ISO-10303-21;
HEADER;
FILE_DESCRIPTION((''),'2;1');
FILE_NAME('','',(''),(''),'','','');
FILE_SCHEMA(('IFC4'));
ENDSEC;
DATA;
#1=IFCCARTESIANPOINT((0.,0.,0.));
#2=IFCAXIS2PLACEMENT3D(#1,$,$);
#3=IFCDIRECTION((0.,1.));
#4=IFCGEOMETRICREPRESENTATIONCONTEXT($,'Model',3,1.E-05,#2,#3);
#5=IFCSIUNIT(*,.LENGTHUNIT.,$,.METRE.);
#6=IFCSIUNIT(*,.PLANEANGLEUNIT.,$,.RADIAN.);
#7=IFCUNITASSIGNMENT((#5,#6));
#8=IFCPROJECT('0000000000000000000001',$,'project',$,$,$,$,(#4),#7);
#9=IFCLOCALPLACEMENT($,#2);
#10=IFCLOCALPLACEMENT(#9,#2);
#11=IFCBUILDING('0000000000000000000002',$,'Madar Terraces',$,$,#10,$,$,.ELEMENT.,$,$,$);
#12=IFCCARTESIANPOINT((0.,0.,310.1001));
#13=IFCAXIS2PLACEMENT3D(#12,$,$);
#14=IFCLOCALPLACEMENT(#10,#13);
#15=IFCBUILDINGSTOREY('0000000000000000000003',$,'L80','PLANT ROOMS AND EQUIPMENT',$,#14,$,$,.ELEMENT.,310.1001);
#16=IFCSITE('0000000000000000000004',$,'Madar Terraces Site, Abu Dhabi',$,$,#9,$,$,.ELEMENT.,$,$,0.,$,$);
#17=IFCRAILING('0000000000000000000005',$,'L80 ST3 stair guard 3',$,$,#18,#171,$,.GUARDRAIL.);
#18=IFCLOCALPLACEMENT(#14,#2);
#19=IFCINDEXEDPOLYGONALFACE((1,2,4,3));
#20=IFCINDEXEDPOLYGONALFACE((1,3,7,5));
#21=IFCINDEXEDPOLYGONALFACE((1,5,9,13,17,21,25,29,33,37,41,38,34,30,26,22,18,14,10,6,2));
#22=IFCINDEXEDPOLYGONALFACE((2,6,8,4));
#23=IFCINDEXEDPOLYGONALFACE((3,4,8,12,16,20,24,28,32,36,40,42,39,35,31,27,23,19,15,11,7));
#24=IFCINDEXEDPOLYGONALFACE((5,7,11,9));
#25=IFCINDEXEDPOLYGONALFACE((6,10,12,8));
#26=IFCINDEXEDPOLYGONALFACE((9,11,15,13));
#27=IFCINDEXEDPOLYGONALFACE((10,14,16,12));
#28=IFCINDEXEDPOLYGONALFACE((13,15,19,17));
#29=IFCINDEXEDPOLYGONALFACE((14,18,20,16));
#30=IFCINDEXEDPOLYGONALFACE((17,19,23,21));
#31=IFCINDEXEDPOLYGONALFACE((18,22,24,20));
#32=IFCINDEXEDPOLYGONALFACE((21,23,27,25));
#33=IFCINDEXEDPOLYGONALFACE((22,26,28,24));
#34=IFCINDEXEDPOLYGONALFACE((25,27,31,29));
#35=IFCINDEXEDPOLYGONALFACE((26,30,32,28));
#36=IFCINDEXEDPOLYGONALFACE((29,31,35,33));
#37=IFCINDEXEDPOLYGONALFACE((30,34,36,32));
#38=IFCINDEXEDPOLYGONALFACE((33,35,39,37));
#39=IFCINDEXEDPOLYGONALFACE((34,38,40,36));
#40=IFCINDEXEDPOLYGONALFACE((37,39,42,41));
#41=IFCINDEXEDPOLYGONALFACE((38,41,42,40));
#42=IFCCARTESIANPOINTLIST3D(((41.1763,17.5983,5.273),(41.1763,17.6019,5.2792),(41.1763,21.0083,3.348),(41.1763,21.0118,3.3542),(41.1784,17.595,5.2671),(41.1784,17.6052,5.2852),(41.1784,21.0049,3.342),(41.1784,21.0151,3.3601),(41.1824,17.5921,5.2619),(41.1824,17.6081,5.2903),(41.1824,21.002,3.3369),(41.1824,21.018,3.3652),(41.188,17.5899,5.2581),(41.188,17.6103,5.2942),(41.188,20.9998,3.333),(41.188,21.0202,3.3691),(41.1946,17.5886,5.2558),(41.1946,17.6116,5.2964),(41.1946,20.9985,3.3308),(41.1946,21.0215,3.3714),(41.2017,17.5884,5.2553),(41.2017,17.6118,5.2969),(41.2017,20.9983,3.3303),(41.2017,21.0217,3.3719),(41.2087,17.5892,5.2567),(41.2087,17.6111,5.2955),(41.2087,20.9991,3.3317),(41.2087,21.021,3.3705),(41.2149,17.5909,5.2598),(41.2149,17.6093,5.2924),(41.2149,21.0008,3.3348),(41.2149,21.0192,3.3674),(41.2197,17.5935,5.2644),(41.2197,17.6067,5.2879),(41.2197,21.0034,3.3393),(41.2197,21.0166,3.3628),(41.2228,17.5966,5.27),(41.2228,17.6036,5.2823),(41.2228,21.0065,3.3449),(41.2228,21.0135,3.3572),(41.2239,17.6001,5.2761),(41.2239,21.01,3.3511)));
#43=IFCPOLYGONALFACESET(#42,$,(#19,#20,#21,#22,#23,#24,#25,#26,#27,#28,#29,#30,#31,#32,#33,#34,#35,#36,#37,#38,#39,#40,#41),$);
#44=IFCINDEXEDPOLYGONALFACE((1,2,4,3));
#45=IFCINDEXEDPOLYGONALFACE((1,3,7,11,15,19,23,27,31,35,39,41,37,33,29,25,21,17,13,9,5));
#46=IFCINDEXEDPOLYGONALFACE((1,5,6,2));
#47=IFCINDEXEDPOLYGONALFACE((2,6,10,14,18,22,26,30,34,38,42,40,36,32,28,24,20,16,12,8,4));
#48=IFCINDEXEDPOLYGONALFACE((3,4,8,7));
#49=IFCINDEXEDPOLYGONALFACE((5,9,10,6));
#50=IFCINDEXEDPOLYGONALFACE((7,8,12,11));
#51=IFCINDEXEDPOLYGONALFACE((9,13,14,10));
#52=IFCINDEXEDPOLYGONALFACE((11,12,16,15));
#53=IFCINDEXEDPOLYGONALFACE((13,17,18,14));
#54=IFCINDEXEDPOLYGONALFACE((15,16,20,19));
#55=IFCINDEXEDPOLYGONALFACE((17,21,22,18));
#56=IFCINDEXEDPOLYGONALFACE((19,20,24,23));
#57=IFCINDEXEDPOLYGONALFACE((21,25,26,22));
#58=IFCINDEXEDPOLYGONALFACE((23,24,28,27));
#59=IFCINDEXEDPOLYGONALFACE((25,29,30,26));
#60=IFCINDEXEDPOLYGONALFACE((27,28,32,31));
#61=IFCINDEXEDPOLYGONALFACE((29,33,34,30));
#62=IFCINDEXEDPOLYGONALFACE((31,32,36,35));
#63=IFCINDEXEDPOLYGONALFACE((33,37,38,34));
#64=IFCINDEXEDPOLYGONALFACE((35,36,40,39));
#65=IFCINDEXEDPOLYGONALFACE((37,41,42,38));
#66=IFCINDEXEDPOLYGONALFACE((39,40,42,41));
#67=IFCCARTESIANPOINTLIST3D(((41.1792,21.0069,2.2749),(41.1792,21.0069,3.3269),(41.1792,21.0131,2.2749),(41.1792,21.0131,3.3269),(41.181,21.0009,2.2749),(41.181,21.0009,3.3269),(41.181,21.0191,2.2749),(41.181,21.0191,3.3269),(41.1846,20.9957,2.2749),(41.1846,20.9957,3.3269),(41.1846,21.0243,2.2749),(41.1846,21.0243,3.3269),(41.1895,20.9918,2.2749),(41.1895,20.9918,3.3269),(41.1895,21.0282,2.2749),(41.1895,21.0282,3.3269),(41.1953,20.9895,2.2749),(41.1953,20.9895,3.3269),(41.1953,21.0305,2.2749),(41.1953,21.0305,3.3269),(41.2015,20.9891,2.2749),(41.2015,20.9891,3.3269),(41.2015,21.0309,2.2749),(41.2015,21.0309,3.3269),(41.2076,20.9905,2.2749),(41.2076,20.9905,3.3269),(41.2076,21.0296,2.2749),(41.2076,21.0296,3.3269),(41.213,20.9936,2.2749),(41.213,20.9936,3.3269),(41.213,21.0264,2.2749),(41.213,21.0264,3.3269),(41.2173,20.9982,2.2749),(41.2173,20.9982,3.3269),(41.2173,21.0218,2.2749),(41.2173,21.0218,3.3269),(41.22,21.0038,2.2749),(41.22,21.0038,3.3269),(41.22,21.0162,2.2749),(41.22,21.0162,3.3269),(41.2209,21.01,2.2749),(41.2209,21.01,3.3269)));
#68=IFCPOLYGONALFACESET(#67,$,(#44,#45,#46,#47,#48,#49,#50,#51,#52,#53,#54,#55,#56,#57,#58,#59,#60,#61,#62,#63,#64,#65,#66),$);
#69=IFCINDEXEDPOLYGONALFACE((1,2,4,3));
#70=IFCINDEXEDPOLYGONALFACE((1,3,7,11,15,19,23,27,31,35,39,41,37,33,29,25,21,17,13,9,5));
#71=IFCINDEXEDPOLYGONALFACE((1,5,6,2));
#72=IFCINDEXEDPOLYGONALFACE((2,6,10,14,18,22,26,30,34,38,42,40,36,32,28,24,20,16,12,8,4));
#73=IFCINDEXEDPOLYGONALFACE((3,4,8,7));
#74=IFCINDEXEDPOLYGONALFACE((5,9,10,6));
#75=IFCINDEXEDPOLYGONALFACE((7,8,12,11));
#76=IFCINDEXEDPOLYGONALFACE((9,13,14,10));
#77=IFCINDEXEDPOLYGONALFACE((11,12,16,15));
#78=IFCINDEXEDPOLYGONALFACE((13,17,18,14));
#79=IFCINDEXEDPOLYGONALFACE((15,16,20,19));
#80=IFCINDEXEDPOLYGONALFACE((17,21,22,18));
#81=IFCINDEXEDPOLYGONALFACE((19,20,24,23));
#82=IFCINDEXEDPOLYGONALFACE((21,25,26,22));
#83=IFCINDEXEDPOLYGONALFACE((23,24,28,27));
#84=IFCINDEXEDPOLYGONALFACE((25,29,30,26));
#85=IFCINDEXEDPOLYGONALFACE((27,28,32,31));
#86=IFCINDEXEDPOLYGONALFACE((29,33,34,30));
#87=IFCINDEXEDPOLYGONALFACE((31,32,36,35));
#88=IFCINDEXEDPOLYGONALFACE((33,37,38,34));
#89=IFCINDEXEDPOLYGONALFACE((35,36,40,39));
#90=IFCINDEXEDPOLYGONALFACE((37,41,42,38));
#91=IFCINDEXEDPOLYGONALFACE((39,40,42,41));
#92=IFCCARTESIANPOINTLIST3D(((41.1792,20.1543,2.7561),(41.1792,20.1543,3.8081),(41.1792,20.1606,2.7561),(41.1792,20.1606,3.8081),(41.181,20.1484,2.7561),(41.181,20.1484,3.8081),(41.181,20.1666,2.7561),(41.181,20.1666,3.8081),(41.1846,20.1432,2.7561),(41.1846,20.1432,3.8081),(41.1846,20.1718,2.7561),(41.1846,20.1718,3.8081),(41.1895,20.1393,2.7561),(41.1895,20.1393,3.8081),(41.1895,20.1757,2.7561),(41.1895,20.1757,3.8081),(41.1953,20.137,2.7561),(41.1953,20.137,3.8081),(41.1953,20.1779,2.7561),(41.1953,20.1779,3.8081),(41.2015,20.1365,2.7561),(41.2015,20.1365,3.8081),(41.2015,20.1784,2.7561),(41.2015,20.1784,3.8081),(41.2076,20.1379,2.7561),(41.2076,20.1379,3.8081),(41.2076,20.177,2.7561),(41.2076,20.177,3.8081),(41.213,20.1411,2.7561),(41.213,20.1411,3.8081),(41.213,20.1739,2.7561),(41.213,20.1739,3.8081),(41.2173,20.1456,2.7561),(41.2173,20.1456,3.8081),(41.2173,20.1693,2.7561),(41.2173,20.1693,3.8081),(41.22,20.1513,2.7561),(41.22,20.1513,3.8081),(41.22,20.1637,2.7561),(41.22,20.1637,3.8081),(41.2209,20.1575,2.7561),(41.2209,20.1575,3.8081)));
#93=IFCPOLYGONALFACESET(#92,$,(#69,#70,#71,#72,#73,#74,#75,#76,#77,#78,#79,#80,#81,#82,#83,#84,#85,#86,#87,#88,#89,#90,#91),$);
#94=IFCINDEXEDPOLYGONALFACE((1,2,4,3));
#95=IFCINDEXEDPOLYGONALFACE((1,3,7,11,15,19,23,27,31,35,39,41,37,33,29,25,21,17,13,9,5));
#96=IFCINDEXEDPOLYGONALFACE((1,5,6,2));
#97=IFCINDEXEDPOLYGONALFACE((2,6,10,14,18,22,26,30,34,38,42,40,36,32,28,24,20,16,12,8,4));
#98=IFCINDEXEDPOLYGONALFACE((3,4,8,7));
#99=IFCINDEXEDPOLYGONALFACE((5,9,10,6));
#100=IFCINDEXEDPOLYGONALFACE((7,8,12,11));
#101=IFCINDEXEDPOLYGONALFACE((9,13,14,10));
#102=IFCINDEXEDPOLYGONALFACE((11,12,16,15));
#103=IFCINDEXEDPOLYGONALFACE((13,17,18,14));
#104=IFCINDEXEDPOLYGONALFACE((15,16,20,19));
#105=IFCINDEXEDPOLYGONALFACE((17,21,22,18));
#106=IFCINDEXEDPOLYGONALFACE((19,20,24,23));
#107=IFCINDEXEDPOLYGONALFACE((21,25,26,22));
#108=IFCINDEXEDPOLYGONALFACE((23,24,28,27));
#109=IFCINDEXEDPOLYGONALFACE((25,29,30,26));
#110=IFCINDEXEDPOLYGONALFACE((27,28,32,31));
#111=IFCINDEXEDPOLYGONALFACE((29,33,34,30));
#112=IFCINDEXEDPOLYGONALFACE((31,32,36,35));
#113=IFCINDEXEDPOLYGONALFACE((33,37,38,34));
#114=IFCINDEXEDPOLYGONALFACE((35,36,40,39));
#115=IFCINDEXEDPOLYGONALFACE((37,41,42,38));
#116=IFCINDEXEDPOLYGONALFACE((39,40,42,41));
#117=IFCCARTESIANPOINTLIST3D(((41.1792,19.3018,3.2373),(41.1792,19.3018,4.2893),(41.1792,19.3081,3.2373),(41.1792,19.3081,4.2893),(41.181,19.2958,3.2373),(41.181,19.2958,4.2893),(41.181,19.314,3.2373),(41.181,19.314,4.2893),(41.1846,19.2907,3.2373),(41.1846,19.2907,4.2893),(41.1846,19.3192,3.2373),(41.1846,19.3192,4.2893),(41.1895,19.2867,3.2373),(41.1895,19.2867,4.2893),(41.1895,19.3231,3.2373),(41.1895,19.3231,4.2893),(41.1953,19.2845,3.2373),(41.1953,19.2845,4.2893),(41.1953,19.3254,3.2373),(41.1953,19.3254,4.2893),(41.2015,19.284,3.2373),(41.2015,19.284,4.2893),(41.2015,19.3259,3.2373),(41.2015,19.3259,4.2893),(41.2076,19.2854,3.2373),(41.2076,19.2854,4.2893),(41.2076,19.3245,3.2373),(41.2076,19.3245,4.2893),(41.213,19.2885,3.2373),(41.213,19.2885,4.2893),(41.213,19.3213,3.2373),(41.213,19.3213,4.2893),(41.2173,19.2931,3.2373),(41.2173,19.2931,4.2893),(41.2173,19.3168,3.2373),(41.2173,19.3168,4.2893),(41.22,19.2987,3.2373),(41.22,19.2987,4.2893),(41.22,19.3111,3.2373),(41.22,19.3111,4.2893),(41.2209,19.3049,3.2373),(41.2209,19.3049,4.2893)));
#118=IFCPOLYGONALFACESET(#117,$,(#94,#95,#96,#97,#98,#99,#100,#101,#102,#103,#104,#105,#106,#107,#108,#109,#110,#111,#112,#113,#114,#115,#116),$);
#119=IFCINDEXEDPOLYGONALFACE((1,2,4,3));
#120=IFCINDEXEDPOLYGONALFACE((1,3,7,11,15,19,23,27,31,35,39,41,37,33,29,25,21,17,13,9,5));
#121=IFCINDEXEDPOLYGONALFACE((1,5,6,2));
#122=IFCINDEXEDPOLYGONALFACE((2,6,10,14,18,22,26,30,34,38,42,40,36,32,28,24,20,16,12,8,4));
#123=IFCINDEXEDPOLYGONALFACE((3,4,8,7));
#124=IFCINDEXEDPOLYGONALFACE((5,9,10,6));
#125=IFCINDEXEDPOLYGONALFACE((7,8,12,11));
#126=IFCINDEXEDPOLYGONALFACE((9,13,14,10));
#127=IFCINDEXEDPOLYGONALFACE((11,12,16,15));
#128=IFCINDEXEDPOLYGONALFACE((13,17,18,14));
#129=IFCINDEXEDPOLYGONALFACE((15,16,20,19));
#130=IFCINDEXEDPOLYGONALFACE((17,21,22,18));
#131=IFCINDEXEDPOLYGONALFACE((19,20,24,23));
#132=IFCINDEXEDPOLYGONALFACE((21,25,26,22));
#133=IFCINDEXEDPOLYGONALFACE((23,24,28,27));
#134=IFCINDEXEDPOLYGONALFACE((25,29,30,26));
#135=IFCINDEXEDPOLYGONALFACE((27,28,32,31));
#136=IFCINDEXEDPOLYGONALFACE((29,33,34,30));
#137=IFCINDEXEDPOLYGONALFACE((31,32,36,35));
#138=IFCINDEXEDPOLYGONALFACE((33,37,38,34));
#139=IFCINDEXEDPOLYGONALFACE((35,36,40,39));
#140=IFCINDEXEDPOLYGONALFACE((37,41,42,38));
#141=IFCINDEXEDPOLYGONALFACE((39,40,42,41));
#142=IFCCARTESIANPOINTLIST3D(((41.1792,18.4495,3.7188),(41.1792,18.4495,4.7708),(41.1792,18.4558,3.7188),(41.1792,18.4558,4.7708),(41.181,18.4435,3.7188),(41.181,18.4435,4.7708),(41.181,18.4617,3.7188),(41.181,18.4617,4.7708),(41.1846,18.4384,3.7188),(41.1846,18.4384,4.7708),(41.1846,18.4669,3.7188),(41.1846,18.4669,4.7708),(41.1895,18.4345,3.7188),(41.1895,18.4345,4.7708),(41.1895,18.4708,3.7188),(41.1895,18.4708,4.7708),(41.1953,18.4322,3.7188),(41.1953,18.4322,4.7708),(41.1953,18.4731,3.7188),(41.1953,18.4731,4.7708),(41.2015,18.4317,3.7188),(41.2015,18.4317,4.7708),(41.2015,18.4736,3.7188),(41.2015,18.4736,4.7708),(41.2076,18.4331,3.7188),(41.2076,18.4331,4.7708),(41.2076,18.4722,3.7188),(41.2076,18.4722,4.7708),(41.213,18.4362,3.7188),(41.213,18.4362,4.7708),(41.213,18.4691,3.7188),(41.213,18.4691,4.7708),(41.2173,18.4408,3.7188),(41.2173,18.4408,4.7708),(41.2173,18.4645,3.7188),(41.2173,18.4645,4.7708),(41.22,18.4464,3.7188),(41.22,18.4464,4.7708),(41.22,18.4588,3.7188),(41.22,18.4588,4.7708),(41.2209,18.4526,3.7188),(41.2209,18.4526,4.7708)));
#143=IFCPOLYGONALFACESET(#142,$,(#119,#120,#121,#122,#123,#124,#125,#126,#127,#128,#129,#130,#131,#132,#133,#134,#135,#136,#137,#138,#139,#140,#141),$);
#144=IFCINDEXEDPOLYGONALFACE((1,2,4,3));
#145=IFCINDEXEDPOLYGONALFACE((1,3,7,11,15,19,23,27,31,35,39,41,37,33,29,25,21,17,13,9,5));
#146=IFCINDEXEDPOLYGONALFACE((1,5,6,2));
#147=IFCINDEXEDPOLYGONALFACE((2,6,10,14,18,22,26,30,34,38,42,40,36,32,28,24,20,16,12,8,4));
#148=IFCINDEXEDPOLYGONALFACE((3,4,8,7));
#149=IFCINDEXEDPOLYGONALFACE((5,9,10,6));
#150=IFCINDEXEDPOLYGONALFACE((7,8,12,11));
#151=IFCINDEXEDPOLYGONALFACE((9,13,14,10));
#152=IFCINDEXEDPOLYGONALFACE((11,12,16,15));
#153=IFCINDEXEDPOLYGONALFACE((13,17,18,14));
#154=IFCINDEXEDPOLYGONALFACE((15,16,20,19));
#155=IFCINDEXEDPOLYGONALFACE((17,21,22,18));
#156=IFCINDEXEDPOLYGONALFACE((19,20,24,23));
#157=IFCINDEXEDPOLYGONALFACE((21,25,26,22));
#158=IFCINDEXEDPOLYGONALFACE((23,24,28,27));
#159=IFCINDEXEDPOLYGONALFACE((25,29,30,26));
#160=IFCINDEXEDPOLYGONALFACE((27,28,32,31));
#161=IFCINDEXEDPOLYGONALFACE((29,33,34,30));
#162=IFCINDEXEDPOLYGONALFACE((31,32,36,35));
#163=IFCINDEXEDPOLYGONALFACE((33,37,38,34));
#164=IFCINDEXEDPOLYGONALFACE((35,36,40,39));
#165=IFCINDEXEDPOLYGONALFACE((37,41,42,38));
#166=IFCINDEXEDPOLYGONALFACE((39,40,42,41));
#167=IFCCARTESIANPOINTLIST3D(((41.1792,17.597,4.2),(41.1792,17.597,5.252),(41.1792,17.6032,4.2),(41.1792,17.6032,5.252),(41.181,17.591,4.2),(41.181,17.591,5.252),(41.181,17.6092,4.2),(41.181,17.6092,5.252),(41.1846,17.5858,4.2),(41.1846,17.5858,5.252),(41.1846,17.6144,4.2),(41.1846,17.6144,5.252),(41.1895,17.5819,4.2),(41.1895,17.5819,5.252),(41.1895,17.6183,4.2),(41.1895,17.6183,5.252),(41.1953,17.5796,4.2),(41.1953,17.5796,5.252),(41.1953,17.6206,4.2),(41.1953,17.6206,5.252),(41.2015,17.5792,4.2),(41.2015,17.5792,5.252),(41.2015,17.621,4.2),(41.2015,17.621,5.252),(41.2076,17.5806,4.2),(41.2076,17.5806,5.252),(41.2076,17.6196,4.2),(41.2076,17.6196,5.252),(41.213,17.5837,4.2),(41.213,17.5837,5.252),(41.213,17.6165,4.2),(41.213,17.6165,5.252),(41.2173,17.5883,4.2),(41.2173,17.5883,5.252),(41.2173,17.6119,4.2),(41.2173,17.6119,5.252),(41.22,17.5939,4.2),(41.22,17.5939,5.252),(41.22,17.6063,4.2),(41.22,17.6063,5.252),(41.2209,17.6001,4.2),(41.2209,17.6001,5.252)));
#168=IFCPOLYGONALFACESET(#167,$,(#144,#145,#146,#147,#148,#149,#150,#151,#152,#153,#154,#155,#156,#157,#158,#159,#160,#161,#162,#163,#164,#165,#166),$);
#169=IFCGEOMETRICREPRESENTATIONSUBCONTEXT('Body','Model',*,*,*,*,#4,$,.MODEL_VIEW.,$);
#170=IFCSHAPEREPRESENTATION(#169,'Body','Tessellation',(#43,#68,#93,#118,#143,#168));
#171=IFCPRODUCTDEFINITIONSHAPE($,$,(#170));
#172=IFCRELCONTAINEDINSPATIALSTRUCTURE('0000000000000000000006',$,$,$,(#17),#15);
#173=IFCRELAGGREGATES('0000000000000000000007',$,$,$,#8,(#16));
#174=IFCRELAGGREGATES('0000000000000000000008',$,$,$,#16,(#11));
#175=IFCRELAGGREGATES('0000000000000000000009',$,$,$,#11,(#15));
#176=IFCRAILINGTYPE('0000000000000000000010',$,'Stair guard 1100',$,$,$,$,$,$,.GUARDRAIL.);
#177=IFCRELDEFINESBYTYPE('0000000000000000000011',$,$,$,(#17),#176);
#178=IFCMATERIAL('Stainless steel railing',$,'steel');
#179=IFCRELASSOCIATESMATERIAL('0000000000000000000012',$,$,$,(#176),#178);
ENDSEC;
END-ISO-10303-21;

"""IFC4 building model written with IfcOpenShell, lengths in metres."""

from ifc_helpers import new_model, si_unit, direction, frame, origin, origin_2d, place, context, subcontext, project, spatial, circle, extrude, material, type_object, element, save


model = new_model("IFC4")

# Units and contexts
model_context = context("Model", 3, precision=1e-05, world=origin(), true_north=direction((0.0, 1.0)))
body_context = subcontext(model_context, "Body", "Model", "MODEL_VIEW")
ifc_project = project(units=[si_unit("LENGTHUNIT", "METRE"), si_unit("PLANEANGLEUNIT", "RADIAN")], contexts=[model_context])

# Site, building, storey
site_placement = place(None, origin())
site = spatial("IfcSite", under=ifc_project, at=site_placement, Name="Madar Terraces Site, Abu Dhabi", CompositionType="ELEMENT", RefElevation=0.0)
building_placement = place(site_placement, origin())
building = spatial("IfcBuilding", under=site, at=building_placement, Name="Madar Terraces", CompositionType="ELEMENT")
storey_placement = place(building_placement, frame((0.0, 0.0, 310.1001)))
storey = spatial("IfcBuildingStorey", under=building, at=storey_placement, Name="L80", Description="PLANT ROOMS AND EQUIPMENT", CompositionType="ELEMENT", Elevation=310.1001)

# Railing
ifc_material_1 = material(Name="Stainless steel railing", Category="steel")
railing_type_1 = type_object("IfcRailingType", Name="Stair guard 1100", PredefinedType="GUARDRAIL", material=ifc_material_1)
railing_1_placement = place(storey_placement, frame((41.2, 21.01, 2.2749)))
element("IfcRailing", 1, at=railing_1_placement, inside=storey, type_object=railing_type_1, Name="L80 ST3 stair guard 3", PredefinedType="GUARDRAIL", context=body_context, shape_type="SweptSolid", body=[
    extrude(circle(Radius=0.0239, at=origin_2d()), frame((0.0, 0.0, 1.0762), z_axis=(0.0, -0.870814, 0.491613), x_axis=(1.0, 0.0, 0.0)), (0.0, 0.0, 1.0), 3.9158),
    extrude(circle(Radius=0.021, at=origin_2d()), origin(), (0.0, 0.0, 1.0), 1.052),
    extrude(circle(Radius=0.021, at=origin_2d()), frame((0.0, -0.8525, 0.4812)), (0.0, 0.0, 1.0), 1.052),
    extrude(circle(Radius=0.021, at=origin_2d()), frame((0.0, -1.7051, 0.9624)), (0.0, 0.0, 1.0), 1.052),
    extrude(circle(Radius=0.021, at=origin_2d()), frame((0.0, -2.5574, 1.4438)), (0.0, 0.0, 1.0), 1.052),
    extrude(circle(Radius=0.021, at=origin_2d()), frame((0.0, -3.4099, 1.925)), (0.0, 0.0, 1.0), 1.052),
])

save(model, "model.ifc")
